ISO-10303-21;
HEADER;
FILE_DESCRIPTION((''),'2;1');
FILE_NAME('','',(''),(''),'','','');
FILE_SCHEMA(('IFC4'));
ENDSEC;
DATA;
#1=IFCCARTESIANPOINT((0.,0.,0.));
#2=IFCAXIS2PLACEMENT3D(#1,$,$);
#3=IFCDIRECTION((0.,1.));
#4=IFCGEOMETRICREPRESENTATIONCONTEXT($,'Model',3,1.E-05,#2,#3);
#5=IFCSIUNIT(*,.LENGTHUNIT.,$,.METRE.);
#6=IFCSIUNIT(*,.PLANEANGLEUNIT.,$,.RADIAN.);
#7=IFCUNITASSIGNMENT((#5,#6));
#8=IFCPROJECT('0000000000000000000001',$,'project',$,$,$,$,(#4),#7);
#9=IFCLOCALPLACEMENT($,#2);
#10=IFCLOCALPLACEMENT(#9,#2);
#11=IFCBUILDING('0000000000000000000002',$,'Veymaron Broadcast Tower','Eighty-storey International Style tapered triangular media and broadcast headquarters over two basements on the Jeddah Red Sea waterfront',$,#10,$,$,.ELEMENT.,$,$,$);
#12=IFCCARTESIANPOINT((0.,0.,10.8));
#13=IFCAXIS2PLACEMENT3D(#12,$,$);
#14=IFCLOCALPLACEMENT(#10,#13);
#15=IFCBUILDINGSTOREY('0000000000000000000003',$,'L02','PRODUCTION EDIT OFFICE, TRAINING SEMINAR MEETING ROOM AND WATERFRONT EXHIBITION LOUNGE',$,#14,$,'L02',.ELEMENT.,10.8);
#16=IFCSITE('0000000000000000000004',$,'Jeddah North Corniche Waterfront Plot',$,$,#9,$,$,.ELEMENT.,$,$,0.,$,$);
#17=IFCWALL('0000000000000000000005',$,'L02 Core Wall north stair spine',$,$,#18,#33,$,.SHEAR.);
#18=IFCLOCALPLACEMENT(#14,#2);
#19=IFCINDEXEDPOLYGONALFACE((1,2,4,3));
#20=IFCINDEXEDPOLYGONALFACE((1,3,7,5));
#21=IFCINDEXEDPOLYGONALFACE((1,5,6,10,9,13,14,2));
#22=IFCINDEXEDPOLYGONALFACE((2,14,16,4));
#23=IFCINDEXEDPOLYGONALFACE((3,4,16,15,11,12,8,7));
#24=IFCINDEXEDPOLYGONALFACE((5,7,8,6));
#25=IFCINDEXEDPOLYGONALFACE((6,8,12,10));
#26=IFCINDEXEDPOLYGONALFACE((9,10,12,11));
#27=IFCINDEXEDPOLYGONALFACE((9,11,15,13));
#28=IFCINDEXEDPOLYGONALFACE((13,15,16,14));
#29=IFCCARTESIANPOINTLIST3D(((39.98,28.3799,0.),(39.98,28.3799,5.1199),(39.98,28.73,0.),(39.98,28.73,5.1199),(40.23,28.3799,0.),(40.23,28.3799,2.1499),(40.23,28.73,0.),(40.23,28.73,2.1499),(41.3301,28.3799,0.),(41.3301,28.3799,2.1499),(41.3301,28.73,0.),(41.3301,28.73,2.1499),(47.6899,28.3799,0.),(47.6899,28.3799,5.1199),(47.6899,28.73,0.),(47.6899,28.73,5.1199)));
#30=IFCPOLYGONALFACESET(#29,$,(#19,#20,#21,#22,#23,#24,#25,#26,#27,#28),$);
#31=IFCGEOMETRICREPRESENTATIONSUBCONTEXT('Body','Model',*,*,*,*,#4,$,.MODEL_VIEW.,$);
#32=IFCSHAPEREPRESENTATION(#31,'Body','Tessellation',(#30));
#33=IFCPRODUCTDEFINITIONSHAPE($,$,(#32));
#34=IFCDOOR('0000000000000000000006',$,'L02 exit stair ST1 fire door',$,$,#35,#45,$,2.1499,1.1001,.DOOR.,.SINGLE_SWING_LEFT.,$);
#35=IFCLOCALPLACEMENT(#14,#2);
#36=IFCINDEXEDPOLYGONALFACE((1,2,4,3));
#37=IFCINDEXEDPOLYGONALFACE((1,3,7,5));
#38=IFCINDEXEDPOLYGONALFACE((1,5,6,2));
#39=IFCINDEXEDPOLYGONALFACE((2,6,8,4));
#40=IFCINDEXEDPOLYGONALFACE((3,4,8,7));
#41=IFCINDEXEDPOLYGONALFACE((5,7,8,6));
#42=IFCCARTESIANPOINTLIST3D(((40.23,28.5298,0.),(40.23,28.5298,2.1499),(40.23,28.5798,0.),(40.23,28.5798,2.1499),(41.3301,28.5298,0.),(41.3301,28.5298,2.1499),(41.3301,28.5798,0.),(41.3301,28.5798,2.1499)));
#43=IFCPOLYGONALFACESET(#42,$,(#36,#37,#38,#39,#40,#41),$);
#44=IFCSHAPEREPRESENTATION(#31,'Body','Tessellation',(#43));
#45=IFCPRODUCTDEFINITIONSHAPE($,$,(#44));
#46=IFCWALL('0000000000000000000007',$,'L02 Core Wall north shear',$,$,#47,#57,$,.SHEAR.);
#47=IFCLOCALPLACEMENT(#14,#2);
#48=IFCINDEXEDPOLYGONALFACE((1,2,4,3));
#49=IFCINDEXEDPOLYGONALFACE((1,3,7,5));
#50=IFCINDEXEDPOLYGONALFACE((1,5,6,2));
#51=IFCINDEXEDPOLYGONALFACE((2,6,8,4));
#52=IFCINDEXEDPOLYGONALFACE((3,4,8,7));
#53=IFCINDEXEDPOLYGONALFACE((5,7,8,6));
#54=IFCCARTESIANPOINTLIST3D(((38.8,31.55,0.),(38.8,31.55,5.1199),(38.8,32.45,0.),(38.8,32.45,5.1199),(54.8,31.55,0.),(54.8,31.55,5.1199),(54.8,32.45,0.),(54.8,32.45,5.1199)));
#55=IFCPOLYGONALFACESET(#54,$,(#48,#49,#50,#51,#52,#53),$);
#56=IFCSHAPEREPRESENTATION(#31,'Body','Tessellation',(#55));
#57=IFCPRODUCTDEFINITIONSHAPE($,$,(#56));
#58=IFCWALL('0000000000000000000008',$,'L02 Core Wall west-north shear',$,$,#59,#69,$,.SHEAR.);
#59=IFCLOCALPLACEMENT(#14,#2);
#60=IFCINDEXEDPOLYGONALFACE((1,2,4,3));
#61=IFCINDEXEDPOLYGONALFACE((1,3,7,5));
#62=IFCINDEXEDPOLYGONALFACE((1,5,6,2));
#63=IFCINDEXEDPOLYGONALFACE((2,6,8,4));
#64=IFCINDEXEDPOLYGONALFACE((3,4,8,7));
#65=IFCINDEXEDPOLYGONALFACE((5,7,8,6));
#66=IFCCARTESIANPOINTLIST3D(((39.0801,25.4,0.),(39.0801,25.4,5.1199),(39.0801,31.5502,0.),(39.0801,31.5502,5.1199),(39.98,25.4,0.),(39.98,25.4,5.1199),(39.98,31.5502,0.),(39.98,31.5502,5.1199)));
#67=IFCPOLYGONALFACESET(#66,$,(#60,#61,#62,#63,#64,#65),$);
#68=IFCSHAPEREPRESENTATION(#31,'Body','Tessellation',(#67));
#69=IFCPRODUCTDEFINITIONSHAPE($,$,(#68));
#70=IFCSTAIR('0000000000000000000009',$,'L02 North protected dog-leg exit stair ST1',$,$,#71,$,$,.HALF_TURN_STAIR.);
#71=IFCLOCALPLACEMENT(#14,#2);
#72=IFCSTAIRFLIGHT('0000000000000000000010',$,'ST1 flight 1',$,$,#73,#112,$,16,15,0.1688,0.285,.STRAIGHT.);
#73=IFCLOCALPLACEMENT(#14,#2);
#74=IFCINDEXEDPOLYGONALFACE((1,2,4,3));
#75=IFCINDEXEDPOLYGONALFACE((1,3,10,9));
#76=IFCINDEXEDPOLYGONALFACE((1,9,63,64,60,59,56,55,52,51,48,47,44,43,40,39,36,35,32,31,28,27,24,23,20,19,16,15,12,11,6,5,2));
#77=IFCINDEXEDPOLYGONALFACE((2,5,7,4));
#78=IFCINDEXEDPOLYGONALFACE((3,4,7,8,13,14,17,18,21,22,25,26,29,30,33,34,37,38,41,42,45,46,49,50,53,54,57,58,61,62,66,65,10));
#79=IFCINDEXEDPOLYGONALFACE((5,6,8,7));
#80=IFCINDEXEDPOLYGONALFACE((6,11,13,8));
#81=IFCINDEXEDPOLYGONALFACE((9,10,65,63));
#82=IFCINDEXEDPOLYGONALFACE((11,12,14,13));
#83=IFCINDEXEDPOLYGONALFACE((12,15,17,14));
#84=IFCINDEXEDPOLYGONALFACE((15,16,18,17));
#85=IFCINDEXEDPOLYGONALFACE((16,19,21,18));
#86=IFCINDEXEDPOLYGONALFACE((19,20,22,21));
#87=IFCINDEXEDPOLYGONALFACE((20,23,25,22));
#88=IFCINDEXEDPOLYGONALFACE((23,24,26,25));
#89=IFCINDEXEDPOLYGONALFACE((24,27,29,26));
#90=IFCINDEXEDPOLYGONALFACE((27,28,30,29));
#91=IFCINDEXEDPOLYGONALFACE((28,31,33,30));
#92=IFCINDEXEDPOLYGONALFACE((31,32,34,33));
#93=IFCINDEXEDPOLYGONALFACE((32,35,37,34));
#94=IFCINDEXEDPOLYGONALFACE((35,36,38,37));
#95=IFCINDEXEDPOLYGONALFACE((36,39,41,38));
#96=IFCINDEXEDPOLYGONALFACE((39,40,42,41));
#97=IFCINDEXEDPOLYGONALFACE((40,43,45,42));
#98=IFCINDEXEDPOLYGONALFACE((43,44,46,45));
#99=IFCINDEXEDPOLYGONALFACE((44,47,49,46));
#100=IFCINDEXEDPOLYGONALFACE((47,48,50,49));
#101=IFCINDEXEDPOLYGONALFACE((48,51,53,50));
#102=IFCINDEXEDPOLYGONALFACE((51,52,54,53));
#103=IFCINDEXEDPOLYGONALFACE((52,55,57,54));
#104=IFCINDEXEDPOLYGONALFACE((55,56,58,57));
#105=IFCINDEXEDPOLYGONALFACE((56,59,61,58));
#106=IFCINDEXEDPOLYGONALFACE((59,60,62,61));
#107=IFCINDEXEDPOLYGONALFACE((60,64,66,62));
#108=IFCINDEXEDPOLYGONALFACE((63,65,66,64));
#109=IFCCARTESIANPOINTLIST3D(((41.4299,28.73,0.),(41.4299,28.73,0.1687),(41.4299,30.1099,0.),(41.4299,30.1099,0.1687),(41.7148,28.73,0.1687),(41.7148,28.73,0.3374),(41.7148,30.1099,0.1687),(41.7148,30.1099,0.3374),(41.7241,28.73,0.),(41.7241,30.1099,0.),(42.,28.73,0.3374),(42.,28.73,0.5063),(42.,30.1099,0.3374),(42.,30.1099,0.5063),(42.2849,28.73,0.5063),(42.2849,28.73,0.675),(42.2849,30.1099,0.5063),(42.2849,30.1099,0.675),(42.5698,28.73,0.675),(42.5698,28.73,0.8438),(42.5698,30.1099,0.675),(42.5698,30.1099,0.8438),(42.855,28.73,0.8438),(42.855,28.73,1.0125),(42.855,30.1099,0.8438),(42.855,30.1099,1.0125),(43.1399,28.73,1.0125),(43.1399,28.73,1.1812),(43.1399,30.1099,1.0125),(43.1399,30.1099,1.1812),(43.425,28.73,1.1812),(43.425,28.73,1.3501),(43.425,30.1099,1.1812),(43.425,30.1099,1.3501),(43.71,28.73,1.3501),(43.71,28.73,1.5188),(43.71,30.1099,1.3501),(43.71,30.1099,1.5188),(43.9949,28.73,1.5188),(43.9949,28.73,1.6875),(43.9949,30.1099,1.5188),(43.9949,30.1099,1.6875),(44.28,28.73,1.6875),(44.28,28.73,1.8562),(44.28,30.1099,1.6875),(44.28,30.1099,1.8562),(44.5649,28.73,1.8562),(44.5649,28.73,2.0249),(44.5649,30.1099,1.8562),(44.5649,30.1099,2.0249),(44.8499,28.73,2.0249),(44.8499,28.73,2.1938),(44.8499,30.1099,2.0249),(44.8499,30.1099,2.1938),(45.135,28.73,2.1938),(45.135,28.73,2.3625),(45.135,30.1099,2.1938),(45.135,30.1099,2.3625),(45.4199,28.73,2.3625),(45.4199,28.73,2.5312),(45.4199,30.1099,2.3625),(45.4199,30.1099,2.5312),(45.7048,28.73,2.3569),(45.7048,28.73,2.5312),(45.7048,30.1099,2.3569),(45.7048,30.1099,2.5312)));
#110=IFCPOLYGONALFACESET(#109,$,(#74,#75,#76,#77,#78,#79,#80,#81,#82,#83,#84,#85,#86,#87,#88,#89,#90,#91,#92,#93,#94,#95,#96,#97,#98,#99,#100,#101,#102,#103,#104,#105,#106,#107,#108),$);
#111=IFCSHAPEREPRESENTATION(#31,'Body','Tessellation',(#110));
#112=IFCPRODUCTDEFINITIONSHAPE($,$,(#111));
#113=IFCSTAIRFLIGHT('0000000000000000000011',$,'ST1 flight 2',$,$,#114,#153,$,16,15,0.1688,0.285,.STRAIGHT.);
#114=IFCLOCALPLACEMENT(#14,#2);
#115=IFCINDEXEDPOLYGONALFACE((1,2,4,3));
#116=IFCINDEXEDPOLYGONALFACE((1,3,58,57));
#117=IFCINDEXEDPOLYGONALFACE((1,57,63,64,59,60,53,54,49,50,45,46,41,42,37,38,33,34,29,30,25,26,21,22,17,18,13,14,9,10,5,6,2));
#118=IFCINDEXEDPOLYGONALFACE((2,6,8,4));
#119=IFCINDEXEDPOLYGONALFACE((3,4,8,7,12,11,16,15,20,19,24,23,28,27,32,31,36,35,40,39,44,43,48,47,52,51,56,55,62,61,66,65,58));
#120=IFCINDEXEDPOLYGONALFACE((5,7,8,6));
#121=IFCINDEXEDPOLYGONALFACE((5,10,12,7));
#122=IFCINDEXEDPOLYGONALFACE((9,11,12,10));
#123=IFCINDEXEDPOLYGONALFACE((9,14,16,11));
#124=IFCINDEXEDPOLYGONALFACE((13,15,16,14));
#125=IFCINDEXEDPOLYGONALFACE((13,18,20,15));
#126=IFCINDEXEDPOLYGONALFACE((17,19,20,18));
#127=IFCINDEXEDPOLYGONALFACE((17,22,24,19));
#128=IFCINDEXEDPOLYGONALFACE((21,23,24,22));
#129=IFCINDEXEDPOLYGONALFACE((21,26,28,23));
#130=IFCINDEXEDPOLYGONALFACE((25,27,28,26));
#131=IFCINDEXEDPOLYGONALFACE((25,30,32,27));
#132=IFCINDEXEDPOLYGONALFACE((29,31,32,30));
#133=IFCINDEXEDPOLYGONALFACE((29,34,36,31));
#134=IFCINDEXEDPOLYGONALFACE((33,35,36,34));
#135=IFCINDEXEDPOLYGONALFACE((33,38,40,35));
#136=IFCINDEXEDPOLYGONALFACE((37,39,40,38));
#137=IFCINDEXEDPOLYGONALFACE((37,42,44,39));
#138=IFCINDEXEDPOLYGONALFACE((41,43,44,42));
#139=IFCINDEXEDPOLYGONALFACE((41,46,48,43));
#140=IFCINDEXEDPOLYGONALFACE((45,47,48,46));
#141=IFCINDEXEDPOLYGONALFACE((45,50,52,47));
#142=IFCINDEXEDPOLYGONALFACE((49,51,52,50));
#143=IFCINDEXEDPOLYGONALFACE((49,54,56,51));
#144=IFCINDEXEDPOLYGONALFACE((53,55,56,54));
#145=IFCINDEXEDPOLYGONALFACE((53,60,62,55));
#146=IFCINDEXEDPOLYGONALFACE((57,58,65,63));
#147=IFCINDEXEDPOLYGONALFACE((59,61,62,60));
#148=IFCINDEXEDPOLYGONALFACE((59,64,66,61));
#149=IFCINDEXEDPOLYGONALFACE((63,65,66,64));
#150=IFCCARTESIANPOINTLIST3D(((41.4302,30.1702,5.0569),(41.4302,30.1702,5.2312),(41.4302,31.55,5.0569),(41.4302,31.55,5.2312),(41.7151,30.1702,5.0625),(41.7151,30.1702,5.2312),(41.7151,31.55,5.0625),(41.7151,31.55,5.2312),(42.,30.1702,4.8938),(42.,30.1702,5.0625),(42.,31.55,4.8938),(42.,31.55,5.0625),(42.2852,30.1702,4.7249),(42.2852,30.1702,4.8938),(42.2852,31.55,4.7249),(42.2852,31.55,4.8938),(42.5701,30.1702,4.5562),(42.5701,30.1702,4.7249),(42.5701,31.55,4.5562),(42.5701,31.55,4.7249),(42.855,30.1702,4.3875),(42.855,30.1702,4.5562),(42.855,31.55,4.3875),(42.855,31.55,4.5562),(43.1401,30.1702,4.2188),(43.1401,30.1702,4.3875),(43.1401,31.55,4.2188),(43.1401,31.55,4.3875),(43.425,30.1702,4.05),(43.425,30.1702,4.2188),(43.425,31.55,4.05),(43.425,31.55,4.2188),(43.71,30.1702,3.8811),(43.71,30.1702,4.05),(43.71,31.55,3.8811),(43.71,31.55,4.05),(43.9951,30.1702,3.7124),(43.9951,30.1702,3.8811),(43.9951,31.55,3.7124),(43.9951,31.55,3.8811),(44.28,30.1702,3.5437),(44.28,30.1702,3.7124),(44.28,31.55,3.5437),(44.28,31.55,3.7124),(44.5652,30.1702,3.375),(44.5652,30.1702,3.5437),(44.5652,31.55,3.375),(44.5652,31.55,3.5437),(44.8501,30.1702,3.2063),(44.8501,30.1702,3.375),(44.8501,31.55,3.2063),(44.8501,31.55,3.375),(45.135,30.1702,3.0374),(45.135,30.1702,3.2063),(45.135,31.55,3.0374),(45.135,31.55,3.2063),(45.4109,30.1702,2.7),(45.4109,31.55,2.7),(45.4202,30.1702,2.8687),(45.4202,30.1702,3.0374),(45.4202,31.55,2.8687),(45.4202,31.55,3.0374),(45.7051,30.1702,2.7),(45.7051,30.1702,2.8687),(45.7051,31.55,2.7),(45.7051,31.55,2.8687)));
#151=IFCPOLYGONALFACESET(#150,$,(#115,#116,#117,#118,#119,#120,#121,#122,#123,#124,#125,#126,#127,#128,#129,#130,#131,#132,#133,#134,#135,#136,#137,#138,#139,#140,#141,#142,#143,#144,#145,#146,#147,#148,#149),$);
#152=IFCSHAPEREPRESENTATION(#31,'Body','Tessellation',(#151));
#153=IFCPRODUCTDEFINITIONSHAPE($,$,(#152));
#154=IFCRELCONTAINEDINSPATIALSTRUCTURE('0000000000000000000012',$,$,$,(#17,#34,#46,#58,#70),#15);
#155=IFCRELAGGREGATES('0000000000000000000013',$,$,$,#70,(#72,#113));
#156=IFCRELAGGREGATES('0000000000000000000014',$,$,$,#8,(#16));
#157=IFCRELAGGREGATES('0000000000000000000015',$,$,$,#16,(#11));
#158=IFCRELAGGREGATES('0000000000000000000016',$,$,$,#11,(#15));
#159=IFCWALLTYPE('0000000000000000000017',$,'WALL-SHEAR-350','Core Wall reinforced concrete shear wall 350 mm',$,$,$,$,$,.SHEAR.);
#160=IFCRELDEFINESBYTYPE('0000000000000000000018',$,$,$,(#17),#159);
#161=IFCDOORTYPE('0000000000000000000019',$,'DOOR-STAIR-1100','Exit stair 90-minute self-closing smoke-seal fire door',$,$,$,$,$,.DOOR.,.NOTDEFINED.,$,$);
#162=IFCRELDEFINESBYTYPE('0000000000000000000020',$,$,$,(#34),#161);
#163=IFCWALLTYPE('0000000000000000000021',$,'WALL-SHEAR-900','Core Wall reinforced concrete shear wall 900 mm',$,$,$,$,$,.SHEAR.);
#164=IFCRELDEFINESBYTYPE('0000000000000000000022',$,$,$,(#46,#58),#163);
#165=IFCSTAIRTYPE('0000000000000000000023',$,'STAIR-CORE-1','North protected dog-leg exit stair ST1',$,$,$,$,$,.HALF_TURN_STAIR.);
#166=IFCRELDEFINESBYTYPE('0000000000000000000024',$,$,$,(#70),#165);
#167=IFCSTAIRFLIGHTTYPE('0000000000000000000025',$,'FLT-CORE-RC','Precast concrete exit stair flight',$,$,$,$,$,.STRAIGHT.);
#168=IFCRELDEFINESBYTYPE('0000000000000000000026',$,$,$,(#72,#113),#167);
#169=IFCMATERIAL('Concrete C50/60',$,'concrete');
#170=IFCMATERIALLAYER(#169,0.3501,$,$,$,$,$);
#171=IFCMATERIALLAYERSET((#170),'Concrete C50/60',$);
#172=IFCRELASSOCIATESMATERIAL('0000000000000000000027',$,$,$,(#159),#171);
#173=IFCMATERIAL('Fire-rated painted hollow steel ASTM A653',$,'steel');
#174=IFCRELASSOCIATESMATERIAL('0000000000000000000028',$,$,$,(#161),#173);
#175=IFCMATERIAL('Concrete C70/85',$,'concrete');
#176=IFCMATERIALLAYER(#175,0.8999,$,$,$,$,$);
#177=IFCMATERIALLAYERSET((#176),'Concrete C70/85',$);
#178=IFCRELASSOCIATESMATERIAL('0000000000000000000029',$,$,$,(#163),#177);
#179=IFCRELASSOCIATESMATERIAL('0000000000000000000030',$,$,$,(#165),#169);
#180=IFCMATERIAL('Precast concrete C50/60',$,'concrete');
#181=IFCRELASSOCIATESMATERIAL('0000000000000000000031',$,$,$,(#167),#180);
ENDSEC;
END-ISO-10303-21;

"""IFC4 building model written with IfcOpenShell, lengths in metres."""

from ifc_helpers import new_model, si_unit, direction, frame, frame_2d, origin, place, context, subcontext, project, spatial, polyline, rectangle, outline, extrude, material, layer, layer_set, type_object, element, fill, aggregate, save


model = new_model("IFC4")

# Units and contexts
model_context = context("Model", 3, precision=1e-05, world=origin(), true_north=direction((0.0, 1.0)))
body_context = subcontext(model_context, "Body", "Model", "MODEL_VIEW")
ifc_project = project(units=[si_unit("LENGTHUNIT", "METRE"), si_unit("PLANEANGLEUNIT", "RADIAN")], contexts=[model_context])

# Site, building, storey
site_placement = place(None, origin())
site = spatial("IfcSite", under=ifc_project, at=site_placement, Name="Jeddah North Corniche Waterfront Plot", CompositionType="ELEMENT", RefElevation=0.0)
building_placement = place(site_placement, origin())
building = spatial("IfcBuilding", under=site, at=building_placement, Name="Veymaron Broadcast Tower", Description="Eighty-storey International Style tapered triangular media and broadcast headquarters over two basements on the Jeddah Red Sea waterfront", CompositionType="ELEMENT")
storey_placement = place(building_placement, frame((0.0, 0.0, 10.8)))
storey = spatial("IfcBuildingStorey", under=building, at=storey_placement, Name="L02", Description="PRODUCTION EDIT OFFICE, TRAINING SEMINAR MEETING ROOM AND WATERFRONT EXHIBITION LOUNGE", LongName="L02", CompositionType="ELEMENT", Elevation=10.8)

# Shared definitions
ifc_material_1 = material(Name="Fire-rated painted hollow steel ASTM A653", Category="steel")

# Wall, opening, door
ifc_material_2 = material(Name="Concrete C50/60", Category="concrete")
ifc_layer_1 = layer(ifc_material_2, 0.3501)
ifc_layer_set_1 = layer_set([ifc_layer_1], Name="Concrete C50/60")
wall_type_1 = type_object("IfcWallType", Name="WALL-SHEAR-350", Description="Core Wall reinforced concrete shear wall 350 mm", PredefinedType="SHEAR", material=ifc_layer_set_1)
wall_1_placement = place(storey_placement, frame((39.98, 28.5549, 0.0), z_axis=(0.0, 0.0, 1.0), x_axis=(1.0, 0.0, 0.0)))
wall_1 = element("IfcWall", 1, at=wall_1_placement, inside=storey, type_object=wall_type_1, Name="L02 Core Wall north stair spine", PredefinedType="SHEAR", context=body_context, shape_type="SweptSolid", body=[
    extrude(rectangle(XDim=7.71, YDim=0.3501, at=frame_2d((3.855, 0.0))), origin(), (0.0, 0.0, 1.0), 5.1199),
])
opening_1_placement = place(wall_1_placement, frame((0.25, 0.0, 0.0)))
opening_1 = element("IfcOpeningElement", 2, at=opening_1_placement, cuts=wall_1, PredefinedType="OPENING", context=body_context, shape_type="SweptSolid", body=[
    extrude(rectangle(XDim=1.1001, YDim=2.1499, at=frame_2d((0.55, 1.075))), frame((0.0, 0.1851, 0.0), z_axis=(0.0, -1.0, 0.0), x_axis=(1.0, 0.0, 0.0)), (0.0, 0.0, 1.0), 0.3701),
])
door_type_1 = type_object("IfcDoorType", Name="DOOR-STAIR-1100", Description="Exit stair 90-minute self-closing smoke-seal fire door", OperationType="NOTDEFINED", PredefinedType="DOOR", material=ifc_material_1)
door_1_placement = place(opening_1_placement, origin())
door_1 = element("IfcDoor", 3, at=door_1_placement, inside=storey, type_object=door_type_1, Name="L02 exit stair ST1 fire door", OperationType="SINGLE_SWING_LEFT", OverallHeight=2.1499, OverallWidth=1.1001, PredefinedType="DOOR", context=body_context, shape_type="SweptSolid", body=[
    extrude(rectangle(XDim=1.1001, YDim=2.1499, at=frame_2d((0.55, 1.075))), frame((0.0, 0.0249, 0.0), z_axis=(0.0, -1.0, 0.0), x_axis=(1.0, 0.0, 0.0)), (0.0, 0.0, 1.0), 0.05),
])
fill(opening_1, door_1)

# Walls
ifc_material_3 = material(Name="Concrete C70/85", Category="concrete")
ifc_layer_2 = layer(ifc_material_3, 0.8999)
ifc_layer_set_2 = layer_set([ifc_layer_2], Name="Concrete C70/85")
wall_type_2 = type_object("IfcWallType", Name="WALL-SHEAR-900", Description="Core Wall reinforced concrete shear wall 900 mm", PredefinedType="SHEAR", material=ifc_layer_set_2)
wall_2_placement = place(storey_placement, frame((38.8, 32.0, 0.0), z_axis=(0.0, 0.0, 1.0), x_axis=(1.0, 0.0, 0.0)))
element("IfcWall", 4, at=wall_2_placement, inside=storey, type_object=wall_type_2, Name="L02 Core Wall north shear", PredefinedType="SHEAR", context=body_context, shape_type="SweptSolid", body=[
    extrude(rectangle(XDim=16.0, YDim=0.8999, at=frame_2d((8.0, 0.0))), origin(), (0.0, 0.0, 1.0), 5.1199),
])
wall_3_placement = place(storey_placement, frame((39.53, 25.3999, 0.0), z_axis=(0.0, 0.0, 1.0), x_axis=(0.0, 1.0, 0.0)))
element("IfcWall", 5, at=wall_3_placement, inside=storey, type_object=wall_type_2, Name="L02 Core Wall west-north shear", PredefinedType="SHEAR", context=body_context, shape_type="SweptSolid", body=[
    extrude(rectangle(XDim=6.1501, YDim=0.8999, at=frame_2d((3.0752, 0.0))), origin(), (0.0, 0.0, 1.0), 5.1199),
])

# Stair, stair flights
stair_type_1 = type_object("IfcStairType", Name="STAIR-CORE-1", Description="North protected dog-leg exit stair ST1", PredefinedType="HALF_TURN_STAIR", material=ifc_material_2)
stair_1_placement = place(storey_placement, origin())
stair_1 = element("IfcStair", 6, at=stair_1_placement, inside=storey, type_object=stair_type_1, Name="L02 North protected dog-leg exit stair ST1", PredefinedType="HALF_TURN_STAIR")
ifc_material_4 = material(Name="Precast concrete C50/60", Category="concrete")
stair_flight_type_1 = type_object("IfcStairFlightType", Name="FLT-CORE-RC", Description="Precast concrete exit stair flight", PredefinedType="STRAIGHT", material=ifc_material_4)
stair_flight_1_placement = place(storey_placement, frame((41.4299, 29.4199, 0.0), z_axis=(0.0, 0.0, 1.0), x_axis=(1.0, 0.0, 0.0)))
stair_flight_1 = element("IfcStairFlight", 7, at=stair_flight_1_placement, type_object=stair_flight_type_1, Name="ST1 flight 1", NumberOfRisers=16, NumberOfTreads=15, PredefinedType="STRAIGHT", RiserHeight=0.1688, TreadLength=0.285, context=body_context, shape_type="SweptSolid", body=[
    extrude(outline(polyline([(0.0, 0.0), (0.0, 0.1687), (0.2849, 0.1687), (0.2849, 0.3374), (0.5701, 0.3374), (0.5701, 0.5063), (0.855, 0.5063), (0.855, 0.675), (1.1399, 0.675), (1.1399, 0.8438), (1.425, 0.8438), (1.425, 1.0125), (1.71, 1.0125), (1.71, 1.1812), (1.9951, 1.1812), (1.9951, 1.3501), (2.28, 1.3501), (2.28, 1.5188), (2.5649, 1.5188), (2.5649, 1.6875), (2.8501, 1.6875), (2.8501, 1.8562), (3.135, 1.8562), (3.135, 2.0249), (3.4199, 2.0249), (3.4199, 2.1938), (3.7051, 2.1938), (3.7051, 2.3625), (3.99, 2.3625), (3.99, 2.5312), (4.2749, 2.5312), (4.2749, 2.7), (4.2749, 2.3569), (0.2942, 0.0), (0.0, 0.0)])), frame((0.0, 0.6899, 0.0), z_axis=(0.0, -1.0, 0.0), x_axis=(1.0, 0.0, 0.0)), (0.0, 0.0, 1.0), 1.3799),
])
stair_flight_2_placement = place(storey_placement, frame((45.7051, 30.8601, 2.7), z_axis=(0.0, 0.0, 1.0), x_axis=(-1.0, 0.0, 0.0)))
stair_flight_2 = element("IfcStairFlight", 8, at=stair_flight_2_placement, type_object=stair_flight_type_1, Name="ST1 flight 2", NumberOfRisers=16, NumberOfTreads=15, PredefinedType="STRAIGHT", RiserHeight=0.1688, TreadLength=0.285, context=body_context, shape_type="SweptSolid", body=[
    extrude(outline(polyline([(0.0, 0.0), (0.0, 0.1687), (0.2849, 0.1687), (0.2849, 0.3374), (0.5701, 0.3374), (0.5701, 0.5063), (0.855, 0.5063), (0.855, 0.675), (1.1399, 0.675), (1.1399, 0.8438), (1.425, 0.8438), (1.425, 1.0125), (1.71, 1.0125), (1.71, 1.1812), (1.9951, 1.1812), (1.9951, 1.3501), (2.28, 1.3501), (2.28, 1.5188), (2.5649, 1.5188), (2.5649, 1.6875), (2.8501, 1.6875), (2.8501, 1.8562), (3.135, 1.8562), (3.135, 2.0249), (3.4199, 2.0249), (3.4199, 2.1938), (3.7051, 2.1938), (3.7051, 2.3625), (3.99, 2.3625), (3.99, 2.5312), (4.2749, 2.5312), (4.2749, 2.7), (4.2749, 2.3569), (0.2942, 0.0), (0.0, 0.0)])), frame((0.0, 0.6899, 0.0), z_axis=(0.0, -1.0, 0.0), x_axis=(1.0, 0.0, 0.0)), (0.0, 0.0, 1.0), 1.3799),
])
aggregate(stair_1, [stair_flight_1, stair_flight_2])

save(model, "model.ifc")
